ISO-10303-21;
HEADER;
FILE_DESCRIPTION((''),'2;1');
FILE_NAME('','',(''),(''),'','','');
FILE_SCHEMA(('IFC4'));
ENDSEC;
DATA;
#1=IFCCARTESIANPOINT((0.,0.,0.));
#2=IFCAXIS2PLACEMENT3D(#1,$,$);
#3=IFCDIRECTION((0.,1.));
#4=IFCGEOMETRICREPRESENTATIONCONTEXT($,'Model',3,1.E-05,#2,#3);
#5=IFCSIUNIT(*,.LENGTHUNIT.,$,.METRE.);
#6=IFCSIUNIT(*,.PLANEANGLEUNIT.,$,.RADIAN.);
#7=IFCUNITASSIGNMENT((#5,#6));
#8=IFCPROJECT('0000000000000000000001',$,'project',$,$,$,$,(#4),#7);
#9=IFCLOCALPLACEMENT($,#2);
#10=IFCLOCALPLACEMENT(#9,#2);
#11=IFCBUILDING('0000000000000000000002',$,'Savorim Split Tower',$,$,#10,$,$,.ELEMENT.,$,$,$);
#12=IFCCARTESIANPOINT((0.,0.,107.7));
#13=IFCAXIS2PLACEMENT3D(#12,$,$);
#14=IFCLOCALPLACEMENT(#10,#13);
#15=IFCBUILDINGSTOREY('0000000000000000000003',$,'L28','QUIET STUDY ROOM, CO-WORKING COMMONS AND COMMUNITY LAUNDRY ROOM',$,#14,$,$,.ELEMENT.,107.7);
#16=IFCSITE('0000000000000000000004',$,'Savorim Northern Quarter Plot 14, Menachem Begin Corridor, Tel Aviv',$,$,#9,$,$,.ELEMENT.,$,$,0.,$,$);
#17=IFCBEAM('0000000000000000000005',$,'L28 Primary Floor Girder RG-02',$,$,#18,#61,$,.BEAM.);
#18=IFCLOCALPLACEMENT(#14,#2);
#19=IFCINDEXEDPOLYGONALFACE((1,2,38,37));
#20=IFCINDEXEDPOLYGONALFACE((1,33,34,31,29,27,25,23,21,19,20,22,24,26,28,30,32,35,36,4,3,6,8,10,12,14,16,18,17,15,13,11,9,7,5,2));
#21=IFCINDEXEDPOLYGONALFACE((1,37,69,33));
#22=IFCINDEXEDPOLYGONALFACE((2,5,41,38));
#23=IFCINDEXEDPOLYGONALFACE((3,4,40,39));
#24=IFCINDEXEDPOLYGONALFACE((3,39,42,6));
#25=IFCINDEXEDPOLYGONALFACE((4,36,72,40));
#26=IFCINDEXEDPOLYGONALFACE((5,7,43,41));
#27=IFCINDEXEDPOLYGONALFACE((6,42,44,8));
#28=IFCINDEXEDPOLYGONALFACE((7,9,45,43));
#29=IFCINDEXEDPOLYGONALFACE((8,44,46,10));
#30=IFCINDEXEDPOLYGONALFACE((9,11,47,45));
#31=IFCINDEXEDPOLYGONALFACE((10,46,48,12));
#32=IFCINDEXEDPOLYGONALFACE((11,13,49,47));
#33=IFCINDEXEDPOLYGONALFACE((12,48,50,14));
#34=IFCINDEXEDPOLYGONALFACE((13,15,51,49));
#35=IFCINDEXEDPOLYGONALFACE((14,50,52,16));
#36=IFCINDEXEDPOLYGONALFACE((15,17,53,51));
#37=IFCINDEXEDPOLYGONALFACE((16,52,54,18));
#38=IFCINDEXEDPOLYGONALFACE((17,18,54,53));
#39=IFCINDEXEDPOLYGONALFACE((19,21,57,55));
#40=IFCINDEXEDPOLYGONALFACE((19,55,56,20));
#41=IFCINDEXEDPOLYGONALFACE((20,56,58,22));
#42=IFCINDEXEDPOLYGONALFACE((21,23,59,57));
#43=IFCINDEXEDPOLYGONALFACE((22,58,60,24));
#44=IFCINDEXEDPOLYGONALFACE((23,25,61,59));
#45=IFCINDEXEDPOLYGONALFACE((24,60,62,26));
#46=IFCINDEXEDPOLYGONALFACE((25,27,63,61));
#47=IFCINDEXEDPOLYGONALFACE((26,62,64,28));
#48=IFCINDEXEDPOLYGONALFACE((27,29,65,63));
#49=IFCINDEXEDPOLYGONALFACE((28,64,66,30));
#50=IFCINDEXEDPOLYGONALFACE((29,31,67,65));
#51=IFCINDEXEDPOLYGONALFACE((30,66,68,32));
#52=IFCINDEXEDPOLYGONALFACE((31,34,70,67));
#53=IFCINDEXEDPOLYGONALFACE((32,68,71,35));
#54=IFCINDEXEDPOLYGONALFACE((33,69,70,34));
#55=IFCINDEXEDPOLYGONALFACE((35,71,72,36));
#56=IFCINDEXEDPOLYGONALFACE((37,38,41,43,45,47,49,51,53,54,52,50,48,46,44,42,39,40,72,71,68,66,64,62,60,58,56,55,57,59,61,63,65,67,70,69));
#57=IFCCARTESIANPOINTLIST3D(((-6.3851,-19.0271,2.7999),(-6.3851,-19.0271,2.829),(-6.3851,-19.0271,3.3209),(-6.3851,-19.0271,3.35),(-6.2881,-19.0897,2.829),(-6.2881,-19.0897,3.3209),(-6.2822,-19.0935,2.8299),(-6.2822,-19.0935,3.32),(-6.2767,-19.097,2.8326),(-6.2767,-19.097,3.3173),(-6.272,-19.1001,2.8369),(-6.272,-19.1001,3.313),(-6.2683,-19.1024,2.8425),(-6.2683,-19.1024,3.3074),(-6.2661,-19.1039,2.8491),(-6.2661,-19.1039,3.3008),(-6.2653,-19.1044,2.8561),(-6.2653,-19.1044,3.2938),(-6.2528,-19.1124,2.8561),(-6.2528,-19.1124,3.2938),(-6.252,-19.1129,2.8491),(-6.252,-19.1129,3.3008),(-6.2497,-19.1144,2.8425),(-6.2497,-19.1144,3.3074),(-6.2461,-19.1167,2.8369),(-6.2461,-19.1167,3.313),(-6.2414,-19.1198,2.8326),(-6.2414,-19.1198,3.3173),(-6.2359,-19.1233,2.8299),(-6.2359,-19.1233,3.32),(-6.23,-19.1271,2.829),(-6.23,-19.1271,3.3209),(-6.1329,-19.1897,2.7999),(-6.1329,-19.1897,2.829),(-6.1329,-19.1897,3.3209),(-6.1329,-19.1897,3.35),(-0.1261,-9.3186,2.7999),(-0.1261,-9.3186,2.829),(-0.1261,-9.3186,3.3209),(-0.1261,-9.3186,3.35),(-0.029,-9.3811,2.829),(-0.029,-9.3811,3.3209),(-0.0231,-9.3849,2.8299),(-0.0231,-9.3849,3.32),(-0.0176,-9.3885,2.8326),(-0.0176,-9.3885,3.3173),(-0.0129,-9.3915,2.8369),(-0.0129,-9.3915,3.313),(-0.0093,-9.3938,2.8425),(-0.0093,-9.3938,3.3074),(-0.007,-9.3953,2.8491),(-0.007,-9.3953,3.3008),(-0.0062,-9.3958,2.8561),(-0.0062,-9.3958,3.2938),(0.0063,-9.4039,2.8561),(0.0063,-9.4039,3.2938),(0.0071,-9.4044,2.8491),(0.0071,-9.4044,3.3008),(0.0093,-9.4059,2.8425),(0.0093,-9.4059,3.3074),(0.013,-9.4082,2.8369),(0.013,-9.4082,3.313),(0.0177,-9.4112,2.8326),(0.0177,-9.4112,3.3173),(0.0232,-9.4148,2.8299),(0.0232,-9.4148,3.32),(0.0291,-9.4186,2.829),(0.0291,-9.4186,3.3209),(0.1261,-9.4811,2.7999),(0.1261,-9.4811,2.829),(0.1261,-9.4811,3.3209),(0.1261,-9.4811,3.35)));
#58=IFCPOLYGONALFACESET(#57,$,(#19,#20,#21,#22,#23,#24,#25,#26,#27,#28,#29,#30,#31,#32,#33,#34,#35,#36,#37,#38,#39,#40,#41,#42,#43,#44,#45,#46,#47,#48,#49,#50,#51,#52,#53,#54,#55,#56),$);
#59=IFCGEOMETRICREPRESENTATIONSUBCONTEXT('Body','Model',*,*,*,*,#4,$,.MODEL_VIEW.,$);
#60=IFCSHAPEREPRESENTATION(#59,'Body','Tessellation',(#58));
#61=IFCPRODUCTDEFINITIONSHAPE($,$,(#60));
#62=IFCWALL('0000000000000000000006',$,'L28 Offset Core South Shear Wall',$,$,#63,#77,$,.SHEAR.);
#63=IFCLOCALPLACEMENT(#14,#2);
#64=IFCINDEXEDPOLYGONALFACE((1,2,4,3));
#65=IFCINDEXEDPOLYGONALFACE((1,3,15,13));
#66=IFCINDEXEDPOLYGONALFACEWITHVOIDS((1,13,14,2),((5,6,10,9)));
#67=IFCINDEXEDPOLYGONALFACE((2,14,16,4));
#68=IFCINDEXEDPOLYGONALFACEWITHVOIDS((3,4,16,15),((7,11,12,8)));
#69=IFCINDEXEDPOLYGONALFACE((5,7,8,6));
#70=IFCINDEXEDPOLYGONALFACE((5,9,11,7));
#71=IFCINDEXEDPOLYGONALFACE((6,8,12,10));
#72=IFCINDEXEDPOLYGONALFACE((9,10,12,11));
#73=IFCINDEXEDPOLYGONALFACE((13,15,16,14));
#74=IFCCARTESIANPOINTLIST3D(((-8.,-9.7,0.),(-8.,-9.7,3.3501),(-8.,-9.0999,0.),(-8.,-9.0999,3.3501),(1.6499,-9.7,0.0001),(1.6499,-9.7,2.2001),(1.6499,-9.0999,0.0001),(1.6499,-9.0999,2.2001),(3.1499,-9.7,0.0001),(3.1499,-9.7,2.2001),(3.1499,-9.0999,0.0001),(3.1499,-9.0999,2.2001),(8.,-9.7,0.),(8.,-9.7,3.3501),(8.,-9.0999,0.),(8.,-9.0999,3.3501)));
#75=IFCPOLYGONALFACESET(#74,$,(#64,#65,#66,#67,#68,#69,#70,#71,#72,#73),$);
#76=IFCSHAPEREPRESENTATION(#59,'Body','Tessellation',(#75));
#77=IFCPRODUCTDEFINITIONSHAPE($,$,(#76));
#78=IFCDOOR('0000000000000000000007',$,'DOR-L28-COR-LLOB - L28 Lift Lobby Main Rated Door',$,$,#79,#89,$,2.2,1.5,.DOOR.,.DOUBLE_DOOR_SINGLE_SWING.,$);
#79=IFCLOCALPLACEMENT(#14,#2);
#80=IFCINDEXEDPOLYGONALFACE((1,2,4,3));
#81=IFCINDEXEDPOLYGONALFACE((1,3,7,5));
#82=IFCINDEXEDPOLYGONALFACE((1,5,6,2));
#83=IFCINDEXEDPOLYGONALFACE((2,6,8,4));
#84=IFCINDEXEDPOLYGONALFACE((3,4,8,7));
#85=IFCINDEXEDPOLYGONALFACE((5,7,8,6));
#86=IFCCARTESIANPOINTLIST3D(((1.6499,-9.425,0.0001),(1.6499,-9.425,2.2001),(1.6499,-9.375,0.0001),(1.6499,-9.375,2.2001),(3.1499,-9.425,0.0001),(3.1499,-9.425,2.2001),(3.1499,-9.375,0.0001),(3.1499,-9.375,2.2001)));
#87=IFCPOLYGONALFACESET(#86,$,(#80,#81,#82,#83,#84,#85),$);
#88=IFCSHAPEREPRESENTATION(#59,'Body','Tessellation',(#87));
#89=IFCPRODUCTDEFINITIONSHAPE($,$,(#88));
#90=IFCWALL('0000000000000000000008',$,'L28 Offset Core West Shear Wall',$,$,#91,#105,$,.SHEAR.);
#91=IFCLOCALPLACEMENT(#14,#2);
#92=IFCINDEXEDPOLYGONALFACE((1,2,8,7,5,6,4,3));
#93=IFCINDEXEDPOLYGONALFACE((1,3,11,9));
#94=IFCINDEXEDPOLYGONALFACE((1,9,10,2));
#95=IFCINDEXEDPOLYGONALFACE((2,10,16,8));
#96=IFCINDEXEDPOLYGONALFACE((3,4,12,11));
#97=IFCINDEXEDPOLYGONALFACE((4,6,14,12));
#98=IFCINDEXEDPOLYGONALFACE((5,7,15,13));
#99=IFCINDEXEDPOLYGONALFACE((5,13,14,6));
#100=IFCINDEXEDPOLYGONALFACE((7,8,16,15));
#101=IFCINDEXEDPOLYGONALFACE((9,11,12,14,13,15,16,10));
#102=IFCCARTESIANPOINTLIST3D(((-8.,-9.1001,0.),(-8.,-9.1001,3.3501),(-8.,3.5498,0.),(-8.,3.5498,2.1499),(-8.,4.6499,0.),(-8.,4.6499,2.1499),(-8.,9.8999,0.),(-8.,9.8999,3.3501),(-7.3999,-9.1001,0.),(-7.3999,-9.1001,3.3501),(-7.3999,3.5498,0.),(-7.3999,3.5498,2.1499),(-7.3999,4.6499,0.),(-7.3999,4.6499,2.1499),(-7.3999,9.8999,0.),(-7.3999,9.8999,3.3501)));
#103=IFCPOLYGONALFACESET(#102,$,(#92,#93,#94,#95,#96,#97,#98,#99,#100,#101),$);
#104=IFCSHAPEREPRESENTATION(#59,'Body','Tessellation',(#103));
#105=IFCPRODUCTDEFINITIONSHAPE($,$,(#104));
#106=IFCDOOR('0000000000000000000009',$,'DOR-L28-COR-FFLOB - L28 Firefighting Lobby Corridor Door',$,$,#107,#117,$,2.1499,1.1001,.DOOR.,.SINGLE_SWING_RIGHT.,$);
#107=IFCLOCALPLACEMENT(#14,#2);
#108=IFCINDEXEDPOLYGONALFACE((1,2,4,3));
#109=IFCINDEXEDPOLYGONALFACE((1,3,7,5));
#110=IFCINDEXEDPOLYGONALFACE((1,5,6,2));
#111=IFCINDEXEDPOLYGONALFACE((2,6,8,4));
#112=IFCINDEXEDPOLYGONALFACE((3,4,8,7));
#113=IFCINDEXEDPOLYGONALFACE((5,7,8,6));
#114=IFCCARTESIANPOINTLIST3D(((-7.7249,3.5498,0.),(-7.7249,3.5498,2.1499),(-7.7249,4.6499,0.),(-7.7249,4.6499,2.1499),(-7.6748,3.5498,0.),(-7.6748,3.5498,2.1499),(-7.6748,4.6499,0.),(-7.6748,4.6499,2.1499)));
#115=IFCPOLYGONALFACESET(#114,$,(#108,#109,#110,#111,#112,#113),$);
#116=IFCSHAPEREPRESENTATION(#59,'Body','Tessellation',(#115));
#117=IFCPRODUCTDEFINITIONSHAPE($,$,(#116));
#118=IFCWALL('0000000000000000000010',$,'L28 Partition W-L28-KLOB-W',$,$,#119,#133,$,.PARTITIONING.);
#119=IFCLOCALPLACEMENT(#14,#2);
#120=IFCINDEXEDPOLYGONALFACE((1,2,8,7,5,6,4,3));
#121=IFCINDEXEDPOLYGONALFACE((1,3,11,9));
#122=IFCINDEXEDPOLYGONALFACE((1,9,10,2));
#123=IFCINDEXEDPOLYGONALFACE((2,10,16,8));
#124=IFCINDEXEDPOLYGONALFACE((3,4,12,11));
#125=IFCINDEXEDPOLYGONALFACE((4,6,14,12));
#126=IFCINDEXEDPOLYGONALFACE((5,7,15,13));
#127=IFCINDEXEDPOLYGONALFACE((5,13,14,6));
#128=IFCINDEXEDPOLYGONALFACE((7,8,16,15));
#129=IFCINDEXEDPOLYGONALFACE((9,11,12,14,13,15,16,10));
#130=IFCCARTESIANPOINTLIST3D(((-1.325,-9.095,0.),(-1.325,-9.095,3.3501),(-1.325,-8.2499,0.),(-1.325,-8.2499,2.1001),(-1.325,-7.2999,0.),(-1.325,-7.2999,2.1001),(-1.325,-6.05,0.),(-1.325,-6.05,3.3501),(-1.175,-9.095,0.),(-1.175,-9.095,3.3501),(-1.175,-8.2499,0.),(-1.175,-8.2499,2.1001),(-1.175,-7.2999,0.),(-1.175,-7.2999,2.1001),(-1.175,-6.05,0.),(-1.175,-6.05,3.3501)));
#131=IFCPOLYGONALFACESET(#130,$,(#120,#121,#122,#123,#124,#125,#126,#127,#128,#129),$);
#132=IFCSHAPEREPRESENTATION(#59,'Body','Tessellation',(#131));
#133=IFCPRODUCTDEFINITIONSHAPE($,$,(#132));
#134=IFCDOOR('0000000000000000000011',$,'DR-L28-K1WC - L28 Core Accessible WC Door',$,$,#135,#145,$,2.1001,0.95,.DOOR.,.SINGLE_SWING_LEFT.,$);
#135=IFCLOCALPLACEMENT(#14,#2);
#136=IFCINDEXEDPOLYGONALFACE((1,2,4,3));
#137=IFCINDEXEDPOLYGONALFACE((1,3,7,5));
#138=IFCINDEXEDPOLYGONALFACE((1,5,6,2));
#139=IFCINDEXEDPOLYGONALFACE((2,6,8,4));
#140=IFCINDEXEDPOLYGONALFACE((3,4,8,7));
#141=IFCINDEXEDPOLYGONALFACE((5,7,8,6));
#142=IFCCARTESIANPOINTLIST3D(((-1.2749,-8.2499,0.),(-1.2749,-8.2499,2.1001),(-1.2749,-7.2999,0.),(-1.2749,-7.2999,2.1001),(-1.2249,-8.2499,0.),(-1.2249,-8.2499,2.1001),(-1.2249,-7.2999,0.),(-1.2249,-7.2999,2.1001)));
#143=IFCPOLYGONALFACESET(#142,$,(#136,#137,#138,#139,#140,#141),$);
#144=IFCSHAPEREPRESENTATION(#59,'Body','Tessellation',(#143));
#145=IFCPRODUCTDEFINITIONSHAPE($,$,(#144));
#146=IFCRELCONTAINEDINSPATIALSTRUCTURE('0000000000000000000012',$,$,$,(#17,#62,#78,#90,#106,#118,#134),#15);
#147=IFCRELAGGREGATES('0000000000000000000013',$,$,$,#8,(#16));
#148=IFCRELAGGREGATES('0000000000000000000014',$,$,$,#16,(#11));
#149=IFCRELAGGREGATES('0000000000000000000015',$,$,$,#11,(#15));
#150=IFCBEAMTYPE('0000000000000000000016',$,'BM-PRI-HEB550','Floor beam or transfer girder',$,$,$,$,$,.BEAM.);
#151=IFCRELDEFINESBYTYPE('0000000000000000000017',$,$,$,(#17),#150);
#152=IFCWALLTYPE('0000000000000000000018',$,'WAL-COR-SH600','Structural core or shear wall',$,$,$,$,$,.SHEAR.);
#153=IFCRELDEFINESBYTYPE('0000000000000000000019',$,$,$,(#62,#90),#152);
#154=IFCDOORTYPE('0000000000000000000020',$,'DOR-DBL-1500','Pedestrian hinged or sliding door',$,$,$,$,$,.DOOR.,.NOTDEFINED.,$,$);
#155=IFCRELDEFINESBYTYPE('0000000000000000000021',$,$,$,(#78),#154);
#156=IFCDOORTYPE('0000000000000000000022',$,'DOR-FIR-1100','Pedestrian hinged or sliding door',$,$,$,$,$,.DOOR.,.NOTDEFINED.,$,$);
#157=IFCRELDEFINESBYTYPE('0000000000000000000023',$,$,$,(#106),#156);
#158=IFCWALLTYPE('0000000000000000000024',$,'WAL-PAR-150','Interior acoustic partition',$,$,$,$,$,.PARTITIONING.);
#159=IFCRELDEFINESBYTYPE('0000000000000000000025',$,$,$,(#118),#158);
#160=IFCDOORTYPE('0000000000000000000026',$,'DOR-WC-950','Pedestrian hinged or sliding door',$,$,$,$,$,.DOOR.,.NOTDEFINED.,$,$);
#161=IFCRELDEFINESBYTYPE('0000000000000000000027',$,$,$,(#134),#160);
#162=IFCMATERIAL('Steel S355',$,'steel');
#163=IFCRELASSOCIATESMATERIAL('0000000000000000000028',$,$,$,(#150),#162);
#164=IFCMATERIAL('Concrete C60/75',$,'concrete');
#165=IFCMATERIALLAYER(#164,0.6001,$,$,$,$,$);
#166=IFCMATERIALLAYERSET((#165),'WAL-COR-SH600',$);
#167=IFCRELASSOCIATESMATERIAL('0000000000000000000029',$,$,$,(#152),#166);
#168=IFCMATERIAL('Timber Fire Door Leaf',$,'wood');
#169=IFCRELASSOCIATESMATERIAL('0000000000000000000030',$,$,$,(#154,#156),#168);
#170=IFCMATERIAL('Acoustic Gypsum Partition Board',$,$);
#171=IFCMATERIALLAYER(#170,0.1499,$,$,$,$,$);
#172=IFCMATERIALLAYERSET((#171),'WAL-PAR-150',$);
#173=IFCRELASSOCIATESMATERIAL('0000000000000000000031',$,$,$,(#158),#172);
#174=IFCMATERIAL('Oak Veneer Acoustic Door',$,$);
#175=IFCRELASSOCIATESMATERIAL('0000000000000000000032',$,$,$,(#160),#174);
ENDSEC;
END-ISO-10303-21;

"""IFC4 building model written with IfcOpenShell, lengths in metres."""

from ifc_helpers import new_model, si_unit, direction, frame, frame_2d, origin, origin_2d, place, context, subcontext, project, spatial, rectangle, i_section, extrude, material, layer, layer_set, material_profile, profile_set, type_object, element, fill, save


model = new_model("IFC4")

# Units and contexts
model_context = context("Model", 3, precision=1e-05, world=origin(), true_north=direction((0.0, 1.0)))
body_context = subcontext(model_context, "Body", "Model", "MODEL_VIEW")
ifc_project = project(units=[si_unit("LENGTHUNIT", "METRE"), si_unit("PLANEANGLEUNIT", "RADIAN")], contexts=[model_context])

# Site, building, storey
site_placement = place(None, origin())
site = spatial("IfcSite", under=ifc_project, at=site_placement, Name="Savorim Northern Quarter Plot 14, Menachem Begin Corridor, Tel Aviv", CompositionType="ELEMENT", RefElevation=0.0)
building_placement = place(site_placement, origin())
building = spatial("IfcBuilding", under=site, at=building_placement, Name="Savorim Split Tower", CompositionType="ELEMENT")
storey_placement = place(building_placement, frame((0.0, 0.0, 107.7)))
storey = spatial("IfcBuildingStorey", under=building, at=storey_placement, Name="L28", Description="QUIET STUDY ROOM, CO-WORKING COMMONS AND COMMUNITY LAUNDRY ROOM", CompositionType="ELEMENT", Elevation=107.7)

# Beam
ifc_material_1 = material(Name="Steel S355", Category="steel")
ifc_material_profile_1 = material_profile(ifc_material_1, i_section(OverallWidth=0.3, OverallDepth=0.55, WebThickness=0.0149, FlangeThickness=0.0291, FilletRadius=0.0271, at=origin_2d()), Name="HEB 550")
ifc_profile_set_1 = profile_set([ifc_material_profile_1], Name="Steel S355")
beam_type_1 = type_object("IfcBeamType", Name="BM-PRI-HEB550", Description="Floor beam or transfer girder", PredefinedType="BEAM", material=ifc_profile_set_1)
beam_1_placement = place(storey_placement, frame((-6.259, -19.1084, 3.075), z_axis=(0.541851, 0.840475, 0.0), x_axis=(-0.840475, 0.541851, 0.0)))
element("IfcBeam", 1, at=beam_1_placement, inside=storey, type_object=beam_type_1, Name="L28 Primary Floor Girder RG-02", PredefinedType="BEAM", context=body_context, shape_type="SweptSolid", body=[
    extrude(i_section(OverallWidth=0.3, OverallDepth=0.55, WebThickness=0.0149, FlangeThickness=0.0291, FilletRadius=0.0271, at=origin_2d()), origin(), (0.0, 0.0, 1.0), 11.5513),
])

# Walls, openings, doors
ifc_material_2 = material(Name="Concrete C60/75", Category="concrete")
ifc_layer_1 = layer(ifc_material_2, 0.6001)
ifc_layer_set_1 = layer_set([ifc_layer_1], Name="WAL-COR-SH600")
wall_type_1 = type_object("IfcWallType", Name="WAL-COR-SH600", Description="Structural core or shear wall", PredefinedType="SHEAR", material=ifc_layer_set_1)
wall_1_placement = place(storey_placement, frame((-8.0, -9.3999, 0.0), z_axis=(0.0, 0.0, 1.0), x_axis=(1.0, 0.0, 0.0)))
wall_1 = element("IfcWall", 2, at=wall_1_placement, inside=storey, type_object=wall_type_1, Name="L28 Offset Core South Shear Wall", PredefinedType="SHEAR", context=body_context, shape_type="SweptSolid", body=[
    extrude(rectangle(XDim=16.0, YDim=0.6001, at=frame_2d((8.0, 0.0))), origin(), (0.0, 0.0, 1.0), 3.3501),
])
opening_1_placement = place(wall_1_placement, frame((9.6499, 0.0, 0.0)))
opening_1 = element("IfcOpeningElement", 3, at=opening_1_placement, cuts=wall_1, PredefinedType="OPENING", context=body_context, shape_type="SweptSolid", body=[
    extrude(rectangle(XDim=1.5, YDim=2.2, at=frame_2d((0.75, 1.1001))), frame((0.0, 0.3101, 0.0), z_axis=(0.0, -1.0, 0.0), x_axis=(1.0, 0.0, 0.0)), (0.0, 0.0, 1.0), 0.6201),
])
ifc_material_3 = material(Name="Timber Fire Door Leaf", Category="wood")
door_type_1 = type_object("IfcDoorType", Name="DOR-DBL-1500", Description="Pedestrian hinged or sliding door", OperationType="NOTDEFINED", PredefinedType="DOOR", material=ifc_material_3)
door_1_placement = place(opening_1_placement, origin())
door_1 = element("IfcDoor", 4, at=door_1_placement, inside=storey, type_object=door_type_1, Name="DOR-L28-COR-LLOB - L28 Lift Lobby Main Rated Door", OperationType="DOUBLE_DOOR_SINGLE_SWING", OverallHeight=2.2, OverallWidth=1.5, PredefinedType="DOOR", context=body_context, shape_type="SweptSolid", body=[
    extrude(rectangle(XDim=1.5, YDim=2.2, at=frame_2d((0.75, 1.1001))), frame((0.0, 0.0249, 0.0), z_axis=(0.0, -1.0, 0.0), x_axis=(1.0, 0.0, 0.0)), (0.0, 0.0, 1.0), 0.05),
])
fill(opening_1, door_1)
wall_2_placement = place(storey_placement, frame((-7.7, -9.1001, 0.0), z_axis=(0.0, 0.0, 1.0), x_axis=(0.0, 1.0, 0.0)))
wall_2 = element("IfcWall", 5, at=wall_2_placement, inside=storey, type_object=wall_type_1, Name="L28 Offset Core West Shear Wall", PredefinedType="SHEAR", context=body_context, shape_type="SweptSolid", body=[
    extrude(rectangle(XDim=19.0, YDim=0.6001, at=frame_2d((9.5, 0.0))), origin(), (0.0, 0.0, 1.0), 3.3501),
])
opening_2_placement = place(wall_2_placement, frame((12.6499, 0.0, 0.0)))
opening_2 = element("IfcOpeningElement", 6, at=opening_2_placement, cuts=wall_2, PredefinedType="OPENING", context=body_context, shape_type="SweptSolid", body=[
    extrude(rectangle(XDim=1.1001, YDim=2.1499, at=frame_2d((0.55, 1.075))), frame((0.0, 0.3101, 0.0), z_axis=(0.0, -1.0, 0.0), x_axis=(1.0, 0.0, 0.0)), (0.0, 0.0, 1.0), 0.6201),
])
door_type_2 = type_object("IfcDoorType", Name="DOR-FIR-1100", Description="Pedestrian hinged or sliding door", OperationType="NOTDEFINED", PredefinedType="DOOR", material=ifc_material_3)
door_2_placement = place(opening_2_placement, origin())
door_2 = element("IfcDoor", 7, at=door_2_placement, inside=storey, type_object=door_type_2, Name="DOR-L28-COR-FFLOB - L28 Firefighting Lobby Corridor Door", OperationType="SINGLE_SWING_RIGHT", OverallHeight=2.1499, OverallWidth=1.1001, PredefinedType="DOOR", context=body_context, shape_type="SweptSolid", body=[
    extrude(rectangle(XDim=1.1001, YDim=2.1499, at=frame_2d((0.55, 1.075))), frame((0.0, 0.0249, 0.0), z_axis=(0.0, -1.0, 0.0), x_axis=(1.0, 0.0, 0.0)), (0.0, 0.0, 1.0), 0.05),
])
fill(opening_2, door_2)
ifc_material_4 = material(Name="Acoustic Gypsum Partition Board")
ifc_layer_2 = layer(ifc_material_4, 0.1499)
ifc_layer_set_2 = layer_set([ifc_layer_2], Name="WAL-PAR-150")
wall_type_2 = type_object("IfcWallType", Name="WAL-PAR-150", Description="Interior acoustic partition", PredefinedType="PARTITIONING", material=ifc_layer_set_2)
wall_3_placement = place(storey_placement, frame((-1.25, -9.095, 0.0), z_axis=(0.0, 0.0, 1.0), x_axis=(0.0, 1.0, 0.0)))
wall_3 = element("IfcWall", 8, at=wall_3_placement, inside=storey, type_object=wall_type_2, Name="L28 Partition W-L28-KLOB-W", PredefinedType="PARTITIONING", context=body_context, shape_type="SweptSolid", body=[
    extrude(rectangle(XDim=3.0449, YDim=0.1499, at=frame_2d((1.5225, 0.0))), origin(), (0.0, 0.0, 1.0), 3.3501),
])
opening_3_placement = place(wall_3_placement, frame((0.845, 0.0, 0.0)))
opening_3 = element("IfcOpeningElement", 9, at=opening_3_placement, cuts=wall_3, PredefinedType="OPENING", context=body_context, shape_type="SweptSolid", body=[
    extrude(rectangle(XDim=0.95, YDim=2.1001, at=frame_2d((0.4751, 1.05))), frame((0.0, 0.085, 0.0), z_axis=(0.0, -1.0, 0.0), x_axis=(1.0, 0.0, 0.0)), (0.0, 0.0, 1.0), 0.1699),
])
ifc_material_5 = material(Name="Oak Veneer Acoustic Door")
door_type_3 = type_object("IfcDoorType", Name="DOR-WC-950", Description="Pedestrian hinged or sliding door", OperationType="NOTDEFINED", PredefinedType="DOOR", material=ifc_material_5)
door_3_placement = place(opening_3_placement, origin())
door_3 = element("IfcDoor", 10, at=door_3_placement, inside=storey, type_object=door_type_3, Name="DR-L28-K1WC - L28 Core Accessible WC Door", OperationType="SINGLE_SWING_LEFT", OverallHeight=2.1001, OverallWidth=0.95, PredefinedType="DOOR", context=body_context, shape_type="SweptSolid", body=[
    extrude(rectangle(XDim=0.95, YDim=2.1001, at=frame_2d((0.4751, 1.05))), frame((0.0, 0.0249, 0.0), z_axis=(0.0, -1.0, 0.0), x_axis=(1.0, 0.0, 0.0)), (0.0, 0.0, 1.0), 0.05),
])
fill(opening_3, door_3)

save(model, "model.ifc")
